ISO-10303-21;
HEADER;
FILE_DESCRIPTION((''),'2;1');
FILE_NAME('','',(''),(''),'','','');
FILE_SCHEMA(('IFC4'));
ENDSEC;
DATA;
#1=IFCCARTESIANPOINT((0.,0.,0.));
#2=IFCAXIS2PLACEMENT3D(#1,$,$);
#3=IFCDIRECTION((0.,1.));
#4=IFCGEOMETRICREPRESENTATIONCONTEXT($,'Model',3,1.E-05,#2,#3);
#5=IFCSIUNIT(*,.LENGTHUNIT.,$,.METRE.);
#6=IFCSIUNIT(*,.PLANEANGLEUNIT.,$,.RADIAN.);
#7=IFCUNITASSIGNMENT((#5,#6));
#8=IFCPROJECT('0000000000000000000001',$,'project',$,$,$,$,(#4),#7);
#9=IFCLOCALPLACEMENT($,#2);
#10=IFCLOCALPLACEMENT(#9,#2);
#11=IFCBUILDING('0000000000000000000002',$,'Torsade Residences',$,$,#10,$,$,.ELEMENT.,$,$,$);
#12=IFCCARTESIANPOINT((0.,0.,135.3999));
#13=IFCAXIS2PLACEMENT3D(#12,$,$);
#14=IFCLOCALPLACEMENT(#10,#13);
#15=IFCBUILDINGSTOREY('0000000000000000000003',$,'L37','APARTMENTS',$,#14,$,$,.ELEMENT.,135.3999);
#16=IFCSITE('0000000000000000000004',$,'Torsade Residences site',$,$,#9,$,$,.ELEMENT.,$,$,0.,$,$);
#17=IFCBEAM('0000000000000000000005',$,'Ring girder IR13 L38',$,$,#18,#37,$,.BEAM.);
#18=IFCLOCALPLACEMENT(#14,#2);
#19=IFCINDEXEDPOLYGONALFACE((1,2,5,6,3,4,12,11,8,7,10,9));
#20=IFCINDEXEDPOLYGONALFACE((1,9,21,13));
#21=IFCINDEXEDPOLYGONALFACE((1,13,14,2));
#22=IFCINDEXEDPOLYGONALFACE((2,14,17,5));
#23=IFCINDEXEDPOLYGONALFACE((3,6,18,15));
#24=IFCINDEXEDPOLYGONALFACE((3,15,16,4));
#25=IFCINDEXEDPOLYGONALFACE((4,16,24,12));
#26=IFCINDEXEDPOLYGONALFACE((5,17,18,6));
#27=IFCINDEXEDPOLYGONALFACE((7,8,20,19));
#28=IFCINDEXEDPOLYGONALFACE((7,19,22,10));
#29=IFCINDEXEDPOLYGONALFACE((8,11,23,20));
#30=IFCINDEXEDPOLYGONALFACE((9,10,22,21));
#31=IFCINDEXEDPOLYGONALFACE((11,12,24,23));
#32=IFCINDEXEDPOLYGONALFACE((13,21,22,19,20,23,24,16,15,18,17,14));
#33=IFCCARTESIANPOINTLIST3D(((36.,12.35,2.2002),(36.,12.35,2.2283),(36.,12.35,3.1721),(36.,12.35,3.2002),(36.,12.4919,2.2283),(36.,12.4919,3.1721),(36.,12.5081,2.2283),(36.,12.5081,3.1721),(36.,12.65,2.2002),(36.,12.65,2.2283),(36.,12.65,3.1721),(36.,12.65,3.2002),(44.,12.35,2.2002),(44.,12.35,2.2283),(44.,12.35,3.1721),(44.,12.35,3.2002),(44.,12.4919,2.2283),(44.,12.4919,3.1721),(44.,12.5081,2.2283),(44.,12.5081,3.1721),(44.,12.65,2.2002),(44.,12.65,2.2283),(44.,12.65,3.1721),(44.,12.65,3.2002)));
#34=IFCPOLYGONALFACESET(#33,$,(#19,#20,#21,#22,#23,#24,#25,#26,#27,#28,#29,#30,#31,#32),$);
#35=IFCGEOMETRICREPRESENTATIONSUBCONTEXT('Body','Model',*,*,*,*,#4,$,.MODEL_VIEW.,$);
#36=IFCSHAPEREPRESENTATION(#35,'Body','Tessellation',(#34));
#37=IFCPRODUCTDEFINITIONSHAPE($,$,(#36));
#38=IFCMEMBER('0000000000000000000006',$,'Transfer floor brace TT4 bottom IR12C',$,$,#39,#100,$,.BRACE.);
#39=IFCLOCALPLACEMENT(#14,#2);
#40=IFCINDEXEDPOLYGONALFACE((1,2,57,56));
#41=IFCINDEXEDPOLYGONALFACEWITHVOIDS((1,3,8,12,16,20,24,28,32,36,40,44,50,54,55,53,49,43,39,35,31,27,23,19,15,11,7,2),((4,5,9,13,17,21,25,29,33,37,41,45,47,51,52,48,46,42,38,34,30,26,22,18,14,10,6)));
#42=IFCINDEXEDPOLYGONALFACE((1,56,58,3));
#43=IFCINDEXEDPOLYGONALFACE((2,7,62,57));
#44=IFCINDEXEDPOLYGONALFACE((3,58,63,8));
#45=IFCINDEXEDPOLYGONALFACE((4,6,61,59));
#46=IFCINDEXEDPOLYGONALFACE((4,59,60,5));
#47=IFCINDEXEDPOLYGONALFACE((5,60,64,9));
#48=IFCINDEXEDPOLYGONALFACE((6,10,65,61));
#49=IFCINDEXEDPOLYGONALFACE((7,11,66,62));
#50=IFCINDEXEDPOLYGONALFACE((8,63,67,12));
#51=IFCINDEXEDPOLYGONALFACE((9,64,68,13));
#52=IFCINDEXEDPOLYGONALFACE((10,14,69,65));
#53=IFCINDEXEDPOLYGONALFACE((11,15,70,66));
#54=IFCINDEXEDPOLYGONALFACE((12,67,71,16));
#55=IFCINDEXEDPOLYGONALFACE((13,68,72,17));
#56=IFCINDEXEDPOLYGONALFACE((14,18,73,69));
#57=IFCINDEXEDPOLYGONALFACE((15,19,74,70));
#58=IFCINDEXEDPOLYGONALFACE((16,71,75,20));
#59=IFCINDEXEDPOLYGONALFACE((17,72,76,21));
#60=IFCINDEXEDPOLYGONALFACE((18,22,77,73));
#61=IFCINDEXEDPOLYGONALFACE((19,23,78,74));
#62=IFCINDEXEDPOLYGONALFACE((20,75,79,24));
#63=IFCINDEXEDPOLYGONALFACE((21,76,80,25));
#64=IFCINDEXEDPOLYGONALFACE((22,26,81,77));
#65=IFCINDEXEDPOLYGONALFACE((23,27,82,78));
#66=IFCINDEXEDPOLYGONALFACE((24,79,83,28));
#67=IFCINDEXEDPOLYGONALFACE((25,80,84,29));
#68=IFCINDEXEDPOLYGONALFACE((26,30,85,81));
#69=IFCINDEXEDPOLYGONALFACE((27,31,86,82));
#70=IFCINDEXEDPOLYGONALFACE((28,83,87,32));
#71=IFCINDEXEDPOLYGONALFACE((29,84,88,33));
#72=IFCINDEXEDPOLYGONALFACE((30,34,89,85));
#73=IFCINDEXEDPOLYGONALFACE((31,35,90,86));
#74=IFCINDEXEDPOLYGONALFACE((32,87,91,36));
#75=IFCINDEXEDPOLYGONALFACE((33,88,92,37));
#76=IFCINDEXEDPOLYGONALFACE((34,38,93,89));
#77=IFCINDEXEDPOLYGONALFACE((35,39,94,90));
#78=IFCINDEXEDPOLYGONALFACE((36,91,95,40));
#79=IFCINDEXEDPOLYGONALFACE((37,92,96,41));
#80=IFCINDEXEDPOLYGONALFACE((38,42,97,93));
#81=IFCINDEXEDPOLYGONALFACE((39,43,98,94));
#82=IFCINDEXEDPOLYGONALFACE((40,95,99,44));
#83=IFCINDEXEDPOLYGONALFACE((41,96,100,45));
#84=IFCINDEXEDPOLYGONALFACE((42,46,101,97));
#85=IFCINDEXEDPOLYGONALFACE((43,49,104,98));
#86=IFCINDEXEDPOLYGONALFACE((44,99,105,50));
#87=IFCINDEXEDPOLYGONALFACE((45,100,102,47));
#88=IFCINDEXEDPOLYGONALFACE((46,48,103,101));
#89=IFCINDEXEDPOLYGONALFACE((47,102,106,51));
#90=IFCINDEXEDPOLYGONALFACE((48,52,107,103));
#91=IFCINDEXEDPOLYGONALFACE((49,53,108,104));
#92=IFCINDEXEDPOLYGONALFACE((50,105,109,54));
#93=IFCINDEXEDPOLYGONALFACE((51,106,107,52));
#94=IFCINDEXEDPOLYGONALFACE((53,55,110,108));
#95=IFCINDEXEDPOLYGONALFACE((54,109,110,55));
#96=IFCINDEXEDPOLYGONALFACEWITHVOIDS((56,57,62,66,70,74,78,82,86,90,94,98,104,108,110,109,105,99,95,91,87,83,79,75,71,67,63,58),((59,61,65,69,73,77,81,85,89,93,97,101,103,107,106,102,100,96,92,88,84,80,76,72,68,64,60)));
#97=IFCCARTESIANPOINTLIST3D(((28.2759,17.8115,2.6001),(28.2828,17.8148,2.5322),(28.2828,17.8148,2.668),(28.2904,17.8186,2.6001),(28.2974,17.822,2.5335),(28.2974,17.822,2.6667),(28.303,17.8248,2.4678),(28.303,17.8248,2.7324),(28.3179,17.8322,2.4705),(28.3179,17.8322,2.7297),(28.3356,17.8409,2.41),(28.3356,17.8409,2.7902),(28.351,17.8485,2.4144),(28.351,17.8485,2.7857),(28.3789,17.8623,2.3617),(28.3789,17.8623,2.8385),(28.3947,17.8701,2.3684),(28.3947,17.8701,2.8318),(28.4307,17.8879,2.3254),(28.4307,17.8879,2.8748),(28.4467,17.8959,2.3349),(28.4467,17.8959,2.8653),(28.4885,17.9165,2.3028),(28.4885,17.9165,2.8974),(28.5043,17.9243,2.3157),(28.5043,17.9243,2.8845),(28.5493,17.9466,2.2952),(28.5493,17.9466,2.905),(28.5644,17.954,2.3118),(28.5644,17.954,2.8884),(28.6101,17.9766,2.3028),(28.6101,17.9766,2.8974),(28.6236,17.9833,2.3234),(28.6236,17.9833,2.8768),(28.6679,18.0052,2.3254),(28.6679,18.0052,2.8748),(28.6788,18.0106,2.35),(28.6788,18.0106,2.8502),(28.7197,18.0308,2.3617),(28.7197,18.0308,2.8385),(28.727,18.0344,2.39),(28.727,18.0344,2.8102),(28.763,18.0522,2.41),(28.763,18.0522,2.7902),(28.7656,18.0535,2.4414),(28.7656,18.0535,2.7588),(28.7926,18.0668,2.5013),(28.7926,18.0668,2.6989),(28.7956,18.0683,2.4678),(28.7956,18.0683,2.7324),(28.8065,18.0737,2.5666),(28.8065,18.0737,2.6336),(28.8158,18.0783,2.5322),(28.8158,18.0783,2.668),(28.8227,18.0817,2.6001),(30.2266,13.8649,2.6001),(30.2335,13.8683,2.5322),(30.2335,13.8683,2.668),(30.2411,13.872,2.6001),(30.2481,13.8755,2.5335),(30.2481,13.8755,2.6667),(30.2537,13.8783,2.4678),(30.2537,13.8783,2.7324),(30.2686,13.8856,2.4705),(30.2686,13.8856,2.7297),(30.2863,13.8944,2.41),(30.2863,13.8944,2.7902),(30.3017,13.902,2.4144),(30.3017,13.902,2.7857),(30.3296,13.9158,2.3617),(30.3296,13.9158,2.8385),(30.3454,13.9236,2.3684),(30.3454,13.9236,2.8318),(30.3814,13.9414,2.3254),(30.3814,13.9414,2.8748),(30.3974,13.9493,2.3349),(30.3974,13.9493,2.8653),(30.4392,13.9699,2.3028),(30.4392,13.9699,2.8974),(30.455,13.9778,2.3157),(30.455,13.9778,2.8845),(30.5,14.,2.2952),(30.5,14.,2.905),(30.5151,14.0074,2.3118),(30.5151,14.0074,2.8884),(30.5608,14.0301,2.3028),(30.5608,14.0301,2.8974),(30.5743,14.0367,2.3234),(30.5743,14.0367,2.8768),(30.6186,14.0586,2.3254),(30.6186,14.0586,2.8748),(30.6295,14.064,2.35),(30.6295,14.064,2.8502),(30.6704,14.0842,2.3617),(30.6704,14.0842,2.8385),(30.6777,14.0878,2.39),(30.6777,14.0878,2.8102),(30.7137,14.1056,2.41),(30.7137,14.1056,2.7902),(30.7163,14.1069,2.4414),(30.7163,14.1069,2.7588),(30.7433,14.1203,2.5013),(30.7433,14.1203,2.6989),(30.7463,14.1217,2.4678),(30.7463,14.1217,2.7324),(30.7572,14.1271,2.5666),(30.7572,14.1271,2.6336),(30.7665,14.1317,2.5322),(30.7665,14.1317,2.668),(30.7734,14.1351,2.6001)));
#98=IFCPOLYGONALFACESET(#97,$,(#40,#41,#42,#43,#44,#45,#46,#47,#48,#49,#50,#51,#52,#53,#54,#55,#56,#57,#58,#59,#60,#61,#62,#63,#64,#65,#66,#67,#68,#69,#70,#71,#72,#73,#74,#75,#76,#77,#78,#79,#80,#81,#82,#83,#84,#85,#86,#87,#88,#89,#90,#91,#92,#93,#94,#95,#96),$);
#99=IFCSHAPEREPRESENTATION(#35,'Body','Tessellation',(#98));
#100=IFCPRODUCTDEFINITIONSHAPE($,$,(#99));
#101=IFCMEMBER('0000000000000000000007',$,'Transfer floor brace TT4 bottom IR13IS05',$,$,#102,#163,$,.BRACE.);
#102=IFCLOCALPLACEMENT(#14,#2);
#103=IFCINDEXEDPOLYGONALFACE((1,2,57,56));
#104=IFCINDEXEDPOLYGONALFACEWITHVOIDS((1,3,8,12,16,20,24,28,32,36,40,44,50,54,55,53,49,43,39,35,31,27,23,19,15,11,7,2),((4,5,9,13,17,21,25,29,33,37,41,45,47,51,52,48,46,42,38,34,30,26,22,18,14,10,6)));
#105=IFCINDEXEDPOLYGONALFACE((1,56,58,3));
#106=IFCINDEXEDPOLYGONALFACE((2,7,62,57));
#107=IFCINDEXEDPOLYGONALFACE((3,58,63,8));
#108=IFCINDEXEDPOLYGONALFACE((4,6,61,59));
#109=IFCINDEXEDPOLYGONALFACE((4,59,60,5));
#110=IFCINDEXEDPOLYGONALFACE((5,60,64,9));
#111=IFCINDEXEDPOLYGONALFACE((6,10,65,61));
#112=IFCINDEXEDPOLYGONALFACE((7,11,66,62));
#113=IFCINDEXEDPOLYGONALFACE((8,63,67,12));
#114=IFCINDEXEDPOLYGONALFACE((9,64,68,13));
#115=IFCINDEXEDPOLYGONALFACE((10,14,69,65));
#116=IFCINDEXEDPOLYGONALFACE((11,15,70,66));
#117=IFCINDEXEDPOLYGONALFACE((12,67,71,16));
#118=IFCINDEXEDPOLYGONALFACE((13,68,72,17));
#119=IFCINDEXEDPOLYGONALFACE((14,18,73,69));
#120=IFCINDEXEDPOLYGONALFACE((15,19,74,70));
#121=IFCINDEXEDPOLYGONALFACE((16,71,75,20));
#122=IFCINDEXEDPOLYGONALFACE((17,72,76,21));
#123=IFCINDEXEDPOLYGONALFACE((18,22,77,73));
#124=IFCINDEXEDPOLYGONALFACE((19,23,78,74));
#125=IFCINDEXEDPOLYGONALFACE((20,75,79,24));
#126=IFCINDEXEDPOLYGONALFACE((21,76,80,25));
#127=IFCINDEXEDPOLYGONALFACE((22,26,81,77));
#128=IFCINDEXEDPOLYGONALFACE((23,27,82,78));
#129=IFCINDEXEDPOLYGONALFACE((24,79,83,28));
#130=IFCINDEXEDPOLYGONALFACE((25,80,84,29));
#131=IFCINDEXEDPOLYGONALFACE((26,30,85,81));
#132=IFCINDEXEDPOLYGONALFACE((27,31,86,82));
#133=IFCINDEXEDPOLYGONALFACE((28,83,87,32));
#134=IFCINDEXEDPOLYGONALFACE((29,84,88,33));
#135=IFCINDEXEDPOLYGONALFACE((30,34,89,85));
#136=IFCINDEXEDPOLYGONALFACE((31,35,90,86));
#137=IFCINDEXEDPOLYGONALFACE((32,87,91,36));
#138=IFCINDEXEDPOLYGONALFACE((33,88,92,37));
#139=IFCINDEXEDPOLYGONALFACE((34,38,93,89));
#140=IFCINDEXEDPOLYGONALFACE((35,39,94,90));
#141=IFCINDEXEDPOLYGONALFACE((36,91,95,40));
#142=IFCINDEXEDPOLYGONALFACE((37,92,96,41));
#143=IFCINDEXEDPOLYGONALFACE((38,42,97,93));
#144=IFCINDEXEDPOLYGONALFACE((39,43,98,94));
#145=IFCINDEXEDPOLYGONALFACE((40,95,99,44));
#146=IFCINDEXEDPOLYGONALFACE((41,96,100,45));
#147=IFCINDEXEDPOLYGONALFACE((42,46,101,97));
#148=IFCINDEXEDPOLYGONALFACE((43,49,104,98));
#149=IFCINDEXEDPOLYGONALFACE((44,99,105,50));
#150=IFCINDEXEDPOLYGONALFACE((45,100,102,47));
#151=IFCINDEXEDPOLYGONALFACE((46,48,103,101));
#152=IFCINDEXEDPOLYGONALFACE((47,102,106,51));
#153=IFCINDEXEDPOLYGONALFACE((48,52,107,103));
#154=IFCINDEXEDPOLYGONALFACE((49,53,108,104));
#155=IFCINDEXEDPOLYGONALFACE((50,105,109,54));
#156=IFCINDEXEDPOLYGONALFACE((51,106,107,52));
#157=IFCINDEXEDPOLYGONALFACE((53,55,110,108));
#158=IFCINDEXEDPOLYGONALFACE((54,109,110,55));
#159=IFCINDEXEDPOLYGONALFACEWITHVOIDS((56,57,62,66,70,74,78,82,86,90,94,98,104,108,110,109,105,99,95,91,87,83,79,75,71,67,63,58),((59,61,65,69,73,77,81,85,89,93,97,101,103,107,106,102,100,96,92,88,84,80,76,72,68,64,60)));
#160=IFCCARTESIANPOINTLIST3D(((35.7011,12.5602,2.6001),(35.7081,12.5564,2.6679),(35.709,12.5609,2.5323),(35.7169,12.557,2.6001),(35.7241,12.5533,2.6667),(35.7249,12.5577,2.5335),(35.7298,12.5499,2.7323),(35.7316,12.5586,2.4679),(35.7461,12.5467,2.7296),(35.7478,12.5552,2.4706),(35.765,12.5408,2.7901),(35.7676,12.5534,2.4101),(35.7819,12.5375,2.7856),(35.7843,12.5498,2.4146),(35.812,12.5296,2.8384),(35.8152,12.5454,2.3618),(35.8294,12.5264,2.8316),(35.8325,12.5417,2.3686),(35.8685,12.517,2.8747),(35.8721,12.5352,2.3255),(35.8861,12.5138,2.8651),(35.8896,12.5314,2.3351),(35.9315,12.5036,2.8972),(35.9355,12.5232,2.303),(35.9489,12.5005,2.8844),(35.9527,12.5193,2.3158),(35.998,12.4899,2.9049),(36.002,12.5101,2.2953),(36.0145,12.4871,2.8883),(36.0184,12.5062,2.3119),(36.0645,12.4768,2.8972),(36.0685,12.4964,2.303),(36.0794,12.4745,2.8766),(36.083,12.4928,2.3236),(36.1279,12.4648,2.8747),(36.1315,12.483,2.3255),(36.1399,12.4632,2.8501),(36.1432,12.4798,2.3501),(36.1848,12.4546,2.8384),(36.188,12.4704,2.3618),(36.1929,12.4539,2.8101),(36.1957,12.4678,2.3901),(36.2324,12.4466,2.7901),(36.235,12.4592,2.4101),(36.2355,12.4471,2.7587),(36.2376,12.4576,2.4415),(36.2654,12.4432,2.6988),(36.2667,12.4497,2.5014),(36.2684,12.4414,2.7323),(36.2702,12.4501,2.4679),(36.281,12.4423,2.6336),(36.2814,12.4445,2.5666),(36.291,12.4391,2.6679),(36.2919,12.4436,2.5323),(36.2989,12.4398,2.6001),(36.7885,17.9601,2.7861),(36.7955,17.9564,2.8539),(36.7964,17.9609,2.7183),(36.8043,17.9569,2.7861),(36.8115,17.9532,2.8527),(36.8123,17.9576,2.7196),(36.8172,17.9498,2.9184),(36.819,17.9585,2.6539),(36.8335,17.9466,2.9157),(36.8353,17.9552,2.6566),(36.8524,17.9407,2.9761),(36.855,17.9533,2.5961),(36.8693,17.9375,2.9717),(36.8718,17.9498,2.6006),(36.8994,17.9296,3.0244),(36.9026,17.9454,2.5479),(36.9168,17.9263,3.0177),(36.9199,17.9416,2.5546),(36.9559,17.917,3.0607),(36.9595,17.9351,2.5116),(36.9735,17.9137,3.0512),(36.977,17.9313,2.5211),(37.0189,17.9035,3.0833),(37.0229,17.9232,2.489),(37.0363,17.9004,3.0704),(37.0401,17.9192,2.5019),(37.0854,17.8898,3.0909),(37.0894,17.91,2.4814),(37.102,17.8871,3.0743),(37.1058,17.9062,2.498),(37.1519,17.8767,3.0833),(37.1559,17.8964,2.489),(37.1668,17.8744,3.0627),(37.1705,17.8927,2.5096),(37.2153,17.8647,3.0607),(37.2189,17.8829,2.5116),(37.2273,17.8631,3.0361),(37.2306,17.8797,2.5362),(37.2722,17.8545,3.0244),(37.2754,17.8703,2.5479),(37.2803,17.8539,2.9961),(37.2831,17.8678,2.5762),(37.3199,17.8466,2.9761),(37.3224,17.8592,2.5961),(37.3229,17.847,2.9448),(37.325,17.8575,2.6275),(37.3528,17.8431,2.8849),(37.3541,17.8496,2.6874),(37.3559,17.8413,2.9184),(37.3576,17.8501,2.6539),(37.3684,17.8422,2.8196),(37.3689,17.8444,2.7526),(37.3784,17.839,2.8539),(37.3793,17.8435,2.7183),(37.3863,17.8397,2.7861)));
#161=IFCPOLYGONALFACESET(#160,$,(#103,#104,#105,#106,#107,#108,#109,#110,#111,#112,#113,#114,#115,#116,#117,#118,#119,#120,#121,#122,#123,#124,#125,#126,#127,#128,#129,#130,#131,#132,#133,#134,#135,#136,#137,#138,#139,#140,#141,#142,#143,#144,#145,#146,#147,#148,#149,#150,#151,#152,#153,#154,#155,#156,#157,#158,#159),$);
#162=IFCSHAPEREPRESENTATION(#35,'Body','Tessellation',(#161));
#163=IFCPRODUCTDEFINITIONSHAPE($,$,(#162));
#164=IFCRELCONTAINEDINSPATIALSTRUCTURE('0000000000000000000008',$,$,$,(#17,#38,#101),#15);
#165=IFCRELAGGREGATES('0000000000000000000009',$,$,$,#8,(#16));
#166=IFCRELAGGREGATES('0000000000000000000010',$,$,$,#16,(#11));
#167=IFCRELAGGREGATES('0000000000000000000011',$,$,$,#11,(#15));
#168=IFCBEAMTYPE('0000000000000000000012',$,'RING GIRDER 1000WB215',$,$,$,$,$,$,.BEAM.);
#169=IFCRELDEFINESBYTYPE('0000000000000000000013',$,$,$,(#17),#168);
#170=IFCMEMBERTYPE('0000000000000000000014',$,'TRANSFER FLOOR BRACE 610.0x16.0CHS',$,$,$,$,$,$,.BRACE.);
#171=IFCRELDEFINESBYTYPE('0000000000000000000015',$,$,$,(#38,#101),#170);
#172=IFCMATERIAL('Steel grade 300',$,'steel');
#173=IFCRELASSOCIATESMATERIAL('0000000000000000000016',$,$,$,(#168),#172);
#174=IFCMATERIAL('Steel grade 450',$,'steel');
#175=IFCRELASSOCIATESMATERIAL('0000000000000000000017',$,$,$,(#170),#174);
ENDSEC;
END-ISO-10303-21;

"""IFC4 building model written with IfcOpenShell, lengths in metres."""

from ifc_helpers import new_model, si_unit, direction, frame, origin, origin_2d, place, context, subcontext, project, spatial, hollow_circle, i_section, extrude, material, material_profile, profile_set, type_object, element, save


model = new_model("IFC4")

# Units and contexts
model_context = context("Model", 3, precision=1e-05, world=origin(), true_north=direction((0.0, 1.0)))
body_context = subcontext(model_context, "Body", "Model", "MODEL_VIEW")
ifc_project = project(units=[si_unit("LENGTHUNIT", "METRE"), si_unit("PLANEANGLEUNIT", "RADIAN")], contexts=[model_context])

# Site, building, storey
site_placement = place(None, origin())
site = spatial("IfcSite", under=ifc_project, at=site_placement, Name="Torsade Residences site", CompositionType="ELEMENT", RefElevation=0.0)
building_placement = place(site_placement, origin())
building = spatial("IfcBuilding", under=site, at=building_placement, Name="Torsade Residences", CompositionType="ELEMENT")
storey_placement = place(building_placement, frame((0.0, 0.0, 135.3999)))
storey = spatial("IfcBuildingStorey", under=building, at=storey_placement, Name="L37", Description="APARTMENTS", CompositionType="ELEMENT", Elevation=135.3999)

# Beam
ifc_material_1 = material(Name="Steel grade 300", Category="steel")
ifc_material_profile_1 = material_profile(ifc_material_1, i_section(OverallWidth=0.3, OverallDepth=1.0, WebThickness=0.0161, FlangeThickness=0.0281, at=origin_2d()), Name="1000WB215")
ifc_profile_set_1 = profile_set([ifc_material_profile_1], Name="Steel grade 300")
beam_type_1 = type_object("IfcBeamType", Name="RING GIRDER 1000WB215", PredefinedType="BEAM", material=ifc_profile_set_1)
beam_1_placement = place(storey_placement, frame((36.0, 12.5, 2.7002), z_axis=(1.0, 0.0, 0.0), x_axis=(0.0, 1.0, 0.0)))
element("IfcBeam", 1, at=beam_1_placement, inside=storey, type_object=beam_type_1, Name="Ring girder IR13 L38", PredefinedType="BEAM", context=body_context, shape_type="SweptSolid", body=[
    extrude(i_section(OverallWidth=0.3, OverallDepth=1.0, WebThickness=0.0161, FlangeThickness=0.0281, at=origin_2d()), origin(), (0.0, 0.0, 1.0), 8.0),
])

# Members
ifc_material_2 = material(Name="Steel grade 450", Category="steel")
ifc_material_profile_2 = material_profile(ifc_material_2, hollow_circle(Radius=0.3049, WallThickness=0.0161, at=origin_2d()), Name="610.0x16.0CHS")
ifc_profile_set_2 = profile_set([ifc_material_profile_2], Name="Steel grade 450")
member_type = type_object("IfcMemberType", Name="TRANSFER FLOOR BRACE 610.0x16.0CHS", PredefinedType="BRACE", material=ifc_profile_set_2)
member_1_placement = place(storey_placement, frame((30.5, 14.0, 2.6001), z_axis=(-0.443105, 0.89647, 0.0), x_axis=(-0.89647, -0.443105, 0.0)))
element("IfcMember", 2, at=member_1_placement, inside=storey, type_object=member_type, Name="Transfer floor brace TT4 bottom IR12C", PredefinedType="BRACE", context=body_context, shape_type="SweptSolid", body=[
    extrude(hollow_circle(Radius=0.3049, WallThickness=0.0161, at=origin_2d()), origin(), (0.0, 0.0, 1.0), 4.4023),
])
member_2_placement = place(storey_placement, frame((36.0, 12.5, 2.6001), z_axis=(0.197299, 0.979762, 0.033754), x_axis=(-0.980321, 0.197412, 0.0)))
element("IfcMember", 3, at=member_2_placement, inside=storey, type_object=member_type, Name="Transfer floor brace TT4 bottom IR13IS05", PredefinedType="BRACE", context=body_context, shape_type="SweptSolid", body=[
    extrude(hollow_circle(Radius=0.3049, WallThickness=0.0161, at=origin_2d()), origin(), (0.0, 0.0, 1.0), 5.5115),
])

save(model, "model.ifc")
